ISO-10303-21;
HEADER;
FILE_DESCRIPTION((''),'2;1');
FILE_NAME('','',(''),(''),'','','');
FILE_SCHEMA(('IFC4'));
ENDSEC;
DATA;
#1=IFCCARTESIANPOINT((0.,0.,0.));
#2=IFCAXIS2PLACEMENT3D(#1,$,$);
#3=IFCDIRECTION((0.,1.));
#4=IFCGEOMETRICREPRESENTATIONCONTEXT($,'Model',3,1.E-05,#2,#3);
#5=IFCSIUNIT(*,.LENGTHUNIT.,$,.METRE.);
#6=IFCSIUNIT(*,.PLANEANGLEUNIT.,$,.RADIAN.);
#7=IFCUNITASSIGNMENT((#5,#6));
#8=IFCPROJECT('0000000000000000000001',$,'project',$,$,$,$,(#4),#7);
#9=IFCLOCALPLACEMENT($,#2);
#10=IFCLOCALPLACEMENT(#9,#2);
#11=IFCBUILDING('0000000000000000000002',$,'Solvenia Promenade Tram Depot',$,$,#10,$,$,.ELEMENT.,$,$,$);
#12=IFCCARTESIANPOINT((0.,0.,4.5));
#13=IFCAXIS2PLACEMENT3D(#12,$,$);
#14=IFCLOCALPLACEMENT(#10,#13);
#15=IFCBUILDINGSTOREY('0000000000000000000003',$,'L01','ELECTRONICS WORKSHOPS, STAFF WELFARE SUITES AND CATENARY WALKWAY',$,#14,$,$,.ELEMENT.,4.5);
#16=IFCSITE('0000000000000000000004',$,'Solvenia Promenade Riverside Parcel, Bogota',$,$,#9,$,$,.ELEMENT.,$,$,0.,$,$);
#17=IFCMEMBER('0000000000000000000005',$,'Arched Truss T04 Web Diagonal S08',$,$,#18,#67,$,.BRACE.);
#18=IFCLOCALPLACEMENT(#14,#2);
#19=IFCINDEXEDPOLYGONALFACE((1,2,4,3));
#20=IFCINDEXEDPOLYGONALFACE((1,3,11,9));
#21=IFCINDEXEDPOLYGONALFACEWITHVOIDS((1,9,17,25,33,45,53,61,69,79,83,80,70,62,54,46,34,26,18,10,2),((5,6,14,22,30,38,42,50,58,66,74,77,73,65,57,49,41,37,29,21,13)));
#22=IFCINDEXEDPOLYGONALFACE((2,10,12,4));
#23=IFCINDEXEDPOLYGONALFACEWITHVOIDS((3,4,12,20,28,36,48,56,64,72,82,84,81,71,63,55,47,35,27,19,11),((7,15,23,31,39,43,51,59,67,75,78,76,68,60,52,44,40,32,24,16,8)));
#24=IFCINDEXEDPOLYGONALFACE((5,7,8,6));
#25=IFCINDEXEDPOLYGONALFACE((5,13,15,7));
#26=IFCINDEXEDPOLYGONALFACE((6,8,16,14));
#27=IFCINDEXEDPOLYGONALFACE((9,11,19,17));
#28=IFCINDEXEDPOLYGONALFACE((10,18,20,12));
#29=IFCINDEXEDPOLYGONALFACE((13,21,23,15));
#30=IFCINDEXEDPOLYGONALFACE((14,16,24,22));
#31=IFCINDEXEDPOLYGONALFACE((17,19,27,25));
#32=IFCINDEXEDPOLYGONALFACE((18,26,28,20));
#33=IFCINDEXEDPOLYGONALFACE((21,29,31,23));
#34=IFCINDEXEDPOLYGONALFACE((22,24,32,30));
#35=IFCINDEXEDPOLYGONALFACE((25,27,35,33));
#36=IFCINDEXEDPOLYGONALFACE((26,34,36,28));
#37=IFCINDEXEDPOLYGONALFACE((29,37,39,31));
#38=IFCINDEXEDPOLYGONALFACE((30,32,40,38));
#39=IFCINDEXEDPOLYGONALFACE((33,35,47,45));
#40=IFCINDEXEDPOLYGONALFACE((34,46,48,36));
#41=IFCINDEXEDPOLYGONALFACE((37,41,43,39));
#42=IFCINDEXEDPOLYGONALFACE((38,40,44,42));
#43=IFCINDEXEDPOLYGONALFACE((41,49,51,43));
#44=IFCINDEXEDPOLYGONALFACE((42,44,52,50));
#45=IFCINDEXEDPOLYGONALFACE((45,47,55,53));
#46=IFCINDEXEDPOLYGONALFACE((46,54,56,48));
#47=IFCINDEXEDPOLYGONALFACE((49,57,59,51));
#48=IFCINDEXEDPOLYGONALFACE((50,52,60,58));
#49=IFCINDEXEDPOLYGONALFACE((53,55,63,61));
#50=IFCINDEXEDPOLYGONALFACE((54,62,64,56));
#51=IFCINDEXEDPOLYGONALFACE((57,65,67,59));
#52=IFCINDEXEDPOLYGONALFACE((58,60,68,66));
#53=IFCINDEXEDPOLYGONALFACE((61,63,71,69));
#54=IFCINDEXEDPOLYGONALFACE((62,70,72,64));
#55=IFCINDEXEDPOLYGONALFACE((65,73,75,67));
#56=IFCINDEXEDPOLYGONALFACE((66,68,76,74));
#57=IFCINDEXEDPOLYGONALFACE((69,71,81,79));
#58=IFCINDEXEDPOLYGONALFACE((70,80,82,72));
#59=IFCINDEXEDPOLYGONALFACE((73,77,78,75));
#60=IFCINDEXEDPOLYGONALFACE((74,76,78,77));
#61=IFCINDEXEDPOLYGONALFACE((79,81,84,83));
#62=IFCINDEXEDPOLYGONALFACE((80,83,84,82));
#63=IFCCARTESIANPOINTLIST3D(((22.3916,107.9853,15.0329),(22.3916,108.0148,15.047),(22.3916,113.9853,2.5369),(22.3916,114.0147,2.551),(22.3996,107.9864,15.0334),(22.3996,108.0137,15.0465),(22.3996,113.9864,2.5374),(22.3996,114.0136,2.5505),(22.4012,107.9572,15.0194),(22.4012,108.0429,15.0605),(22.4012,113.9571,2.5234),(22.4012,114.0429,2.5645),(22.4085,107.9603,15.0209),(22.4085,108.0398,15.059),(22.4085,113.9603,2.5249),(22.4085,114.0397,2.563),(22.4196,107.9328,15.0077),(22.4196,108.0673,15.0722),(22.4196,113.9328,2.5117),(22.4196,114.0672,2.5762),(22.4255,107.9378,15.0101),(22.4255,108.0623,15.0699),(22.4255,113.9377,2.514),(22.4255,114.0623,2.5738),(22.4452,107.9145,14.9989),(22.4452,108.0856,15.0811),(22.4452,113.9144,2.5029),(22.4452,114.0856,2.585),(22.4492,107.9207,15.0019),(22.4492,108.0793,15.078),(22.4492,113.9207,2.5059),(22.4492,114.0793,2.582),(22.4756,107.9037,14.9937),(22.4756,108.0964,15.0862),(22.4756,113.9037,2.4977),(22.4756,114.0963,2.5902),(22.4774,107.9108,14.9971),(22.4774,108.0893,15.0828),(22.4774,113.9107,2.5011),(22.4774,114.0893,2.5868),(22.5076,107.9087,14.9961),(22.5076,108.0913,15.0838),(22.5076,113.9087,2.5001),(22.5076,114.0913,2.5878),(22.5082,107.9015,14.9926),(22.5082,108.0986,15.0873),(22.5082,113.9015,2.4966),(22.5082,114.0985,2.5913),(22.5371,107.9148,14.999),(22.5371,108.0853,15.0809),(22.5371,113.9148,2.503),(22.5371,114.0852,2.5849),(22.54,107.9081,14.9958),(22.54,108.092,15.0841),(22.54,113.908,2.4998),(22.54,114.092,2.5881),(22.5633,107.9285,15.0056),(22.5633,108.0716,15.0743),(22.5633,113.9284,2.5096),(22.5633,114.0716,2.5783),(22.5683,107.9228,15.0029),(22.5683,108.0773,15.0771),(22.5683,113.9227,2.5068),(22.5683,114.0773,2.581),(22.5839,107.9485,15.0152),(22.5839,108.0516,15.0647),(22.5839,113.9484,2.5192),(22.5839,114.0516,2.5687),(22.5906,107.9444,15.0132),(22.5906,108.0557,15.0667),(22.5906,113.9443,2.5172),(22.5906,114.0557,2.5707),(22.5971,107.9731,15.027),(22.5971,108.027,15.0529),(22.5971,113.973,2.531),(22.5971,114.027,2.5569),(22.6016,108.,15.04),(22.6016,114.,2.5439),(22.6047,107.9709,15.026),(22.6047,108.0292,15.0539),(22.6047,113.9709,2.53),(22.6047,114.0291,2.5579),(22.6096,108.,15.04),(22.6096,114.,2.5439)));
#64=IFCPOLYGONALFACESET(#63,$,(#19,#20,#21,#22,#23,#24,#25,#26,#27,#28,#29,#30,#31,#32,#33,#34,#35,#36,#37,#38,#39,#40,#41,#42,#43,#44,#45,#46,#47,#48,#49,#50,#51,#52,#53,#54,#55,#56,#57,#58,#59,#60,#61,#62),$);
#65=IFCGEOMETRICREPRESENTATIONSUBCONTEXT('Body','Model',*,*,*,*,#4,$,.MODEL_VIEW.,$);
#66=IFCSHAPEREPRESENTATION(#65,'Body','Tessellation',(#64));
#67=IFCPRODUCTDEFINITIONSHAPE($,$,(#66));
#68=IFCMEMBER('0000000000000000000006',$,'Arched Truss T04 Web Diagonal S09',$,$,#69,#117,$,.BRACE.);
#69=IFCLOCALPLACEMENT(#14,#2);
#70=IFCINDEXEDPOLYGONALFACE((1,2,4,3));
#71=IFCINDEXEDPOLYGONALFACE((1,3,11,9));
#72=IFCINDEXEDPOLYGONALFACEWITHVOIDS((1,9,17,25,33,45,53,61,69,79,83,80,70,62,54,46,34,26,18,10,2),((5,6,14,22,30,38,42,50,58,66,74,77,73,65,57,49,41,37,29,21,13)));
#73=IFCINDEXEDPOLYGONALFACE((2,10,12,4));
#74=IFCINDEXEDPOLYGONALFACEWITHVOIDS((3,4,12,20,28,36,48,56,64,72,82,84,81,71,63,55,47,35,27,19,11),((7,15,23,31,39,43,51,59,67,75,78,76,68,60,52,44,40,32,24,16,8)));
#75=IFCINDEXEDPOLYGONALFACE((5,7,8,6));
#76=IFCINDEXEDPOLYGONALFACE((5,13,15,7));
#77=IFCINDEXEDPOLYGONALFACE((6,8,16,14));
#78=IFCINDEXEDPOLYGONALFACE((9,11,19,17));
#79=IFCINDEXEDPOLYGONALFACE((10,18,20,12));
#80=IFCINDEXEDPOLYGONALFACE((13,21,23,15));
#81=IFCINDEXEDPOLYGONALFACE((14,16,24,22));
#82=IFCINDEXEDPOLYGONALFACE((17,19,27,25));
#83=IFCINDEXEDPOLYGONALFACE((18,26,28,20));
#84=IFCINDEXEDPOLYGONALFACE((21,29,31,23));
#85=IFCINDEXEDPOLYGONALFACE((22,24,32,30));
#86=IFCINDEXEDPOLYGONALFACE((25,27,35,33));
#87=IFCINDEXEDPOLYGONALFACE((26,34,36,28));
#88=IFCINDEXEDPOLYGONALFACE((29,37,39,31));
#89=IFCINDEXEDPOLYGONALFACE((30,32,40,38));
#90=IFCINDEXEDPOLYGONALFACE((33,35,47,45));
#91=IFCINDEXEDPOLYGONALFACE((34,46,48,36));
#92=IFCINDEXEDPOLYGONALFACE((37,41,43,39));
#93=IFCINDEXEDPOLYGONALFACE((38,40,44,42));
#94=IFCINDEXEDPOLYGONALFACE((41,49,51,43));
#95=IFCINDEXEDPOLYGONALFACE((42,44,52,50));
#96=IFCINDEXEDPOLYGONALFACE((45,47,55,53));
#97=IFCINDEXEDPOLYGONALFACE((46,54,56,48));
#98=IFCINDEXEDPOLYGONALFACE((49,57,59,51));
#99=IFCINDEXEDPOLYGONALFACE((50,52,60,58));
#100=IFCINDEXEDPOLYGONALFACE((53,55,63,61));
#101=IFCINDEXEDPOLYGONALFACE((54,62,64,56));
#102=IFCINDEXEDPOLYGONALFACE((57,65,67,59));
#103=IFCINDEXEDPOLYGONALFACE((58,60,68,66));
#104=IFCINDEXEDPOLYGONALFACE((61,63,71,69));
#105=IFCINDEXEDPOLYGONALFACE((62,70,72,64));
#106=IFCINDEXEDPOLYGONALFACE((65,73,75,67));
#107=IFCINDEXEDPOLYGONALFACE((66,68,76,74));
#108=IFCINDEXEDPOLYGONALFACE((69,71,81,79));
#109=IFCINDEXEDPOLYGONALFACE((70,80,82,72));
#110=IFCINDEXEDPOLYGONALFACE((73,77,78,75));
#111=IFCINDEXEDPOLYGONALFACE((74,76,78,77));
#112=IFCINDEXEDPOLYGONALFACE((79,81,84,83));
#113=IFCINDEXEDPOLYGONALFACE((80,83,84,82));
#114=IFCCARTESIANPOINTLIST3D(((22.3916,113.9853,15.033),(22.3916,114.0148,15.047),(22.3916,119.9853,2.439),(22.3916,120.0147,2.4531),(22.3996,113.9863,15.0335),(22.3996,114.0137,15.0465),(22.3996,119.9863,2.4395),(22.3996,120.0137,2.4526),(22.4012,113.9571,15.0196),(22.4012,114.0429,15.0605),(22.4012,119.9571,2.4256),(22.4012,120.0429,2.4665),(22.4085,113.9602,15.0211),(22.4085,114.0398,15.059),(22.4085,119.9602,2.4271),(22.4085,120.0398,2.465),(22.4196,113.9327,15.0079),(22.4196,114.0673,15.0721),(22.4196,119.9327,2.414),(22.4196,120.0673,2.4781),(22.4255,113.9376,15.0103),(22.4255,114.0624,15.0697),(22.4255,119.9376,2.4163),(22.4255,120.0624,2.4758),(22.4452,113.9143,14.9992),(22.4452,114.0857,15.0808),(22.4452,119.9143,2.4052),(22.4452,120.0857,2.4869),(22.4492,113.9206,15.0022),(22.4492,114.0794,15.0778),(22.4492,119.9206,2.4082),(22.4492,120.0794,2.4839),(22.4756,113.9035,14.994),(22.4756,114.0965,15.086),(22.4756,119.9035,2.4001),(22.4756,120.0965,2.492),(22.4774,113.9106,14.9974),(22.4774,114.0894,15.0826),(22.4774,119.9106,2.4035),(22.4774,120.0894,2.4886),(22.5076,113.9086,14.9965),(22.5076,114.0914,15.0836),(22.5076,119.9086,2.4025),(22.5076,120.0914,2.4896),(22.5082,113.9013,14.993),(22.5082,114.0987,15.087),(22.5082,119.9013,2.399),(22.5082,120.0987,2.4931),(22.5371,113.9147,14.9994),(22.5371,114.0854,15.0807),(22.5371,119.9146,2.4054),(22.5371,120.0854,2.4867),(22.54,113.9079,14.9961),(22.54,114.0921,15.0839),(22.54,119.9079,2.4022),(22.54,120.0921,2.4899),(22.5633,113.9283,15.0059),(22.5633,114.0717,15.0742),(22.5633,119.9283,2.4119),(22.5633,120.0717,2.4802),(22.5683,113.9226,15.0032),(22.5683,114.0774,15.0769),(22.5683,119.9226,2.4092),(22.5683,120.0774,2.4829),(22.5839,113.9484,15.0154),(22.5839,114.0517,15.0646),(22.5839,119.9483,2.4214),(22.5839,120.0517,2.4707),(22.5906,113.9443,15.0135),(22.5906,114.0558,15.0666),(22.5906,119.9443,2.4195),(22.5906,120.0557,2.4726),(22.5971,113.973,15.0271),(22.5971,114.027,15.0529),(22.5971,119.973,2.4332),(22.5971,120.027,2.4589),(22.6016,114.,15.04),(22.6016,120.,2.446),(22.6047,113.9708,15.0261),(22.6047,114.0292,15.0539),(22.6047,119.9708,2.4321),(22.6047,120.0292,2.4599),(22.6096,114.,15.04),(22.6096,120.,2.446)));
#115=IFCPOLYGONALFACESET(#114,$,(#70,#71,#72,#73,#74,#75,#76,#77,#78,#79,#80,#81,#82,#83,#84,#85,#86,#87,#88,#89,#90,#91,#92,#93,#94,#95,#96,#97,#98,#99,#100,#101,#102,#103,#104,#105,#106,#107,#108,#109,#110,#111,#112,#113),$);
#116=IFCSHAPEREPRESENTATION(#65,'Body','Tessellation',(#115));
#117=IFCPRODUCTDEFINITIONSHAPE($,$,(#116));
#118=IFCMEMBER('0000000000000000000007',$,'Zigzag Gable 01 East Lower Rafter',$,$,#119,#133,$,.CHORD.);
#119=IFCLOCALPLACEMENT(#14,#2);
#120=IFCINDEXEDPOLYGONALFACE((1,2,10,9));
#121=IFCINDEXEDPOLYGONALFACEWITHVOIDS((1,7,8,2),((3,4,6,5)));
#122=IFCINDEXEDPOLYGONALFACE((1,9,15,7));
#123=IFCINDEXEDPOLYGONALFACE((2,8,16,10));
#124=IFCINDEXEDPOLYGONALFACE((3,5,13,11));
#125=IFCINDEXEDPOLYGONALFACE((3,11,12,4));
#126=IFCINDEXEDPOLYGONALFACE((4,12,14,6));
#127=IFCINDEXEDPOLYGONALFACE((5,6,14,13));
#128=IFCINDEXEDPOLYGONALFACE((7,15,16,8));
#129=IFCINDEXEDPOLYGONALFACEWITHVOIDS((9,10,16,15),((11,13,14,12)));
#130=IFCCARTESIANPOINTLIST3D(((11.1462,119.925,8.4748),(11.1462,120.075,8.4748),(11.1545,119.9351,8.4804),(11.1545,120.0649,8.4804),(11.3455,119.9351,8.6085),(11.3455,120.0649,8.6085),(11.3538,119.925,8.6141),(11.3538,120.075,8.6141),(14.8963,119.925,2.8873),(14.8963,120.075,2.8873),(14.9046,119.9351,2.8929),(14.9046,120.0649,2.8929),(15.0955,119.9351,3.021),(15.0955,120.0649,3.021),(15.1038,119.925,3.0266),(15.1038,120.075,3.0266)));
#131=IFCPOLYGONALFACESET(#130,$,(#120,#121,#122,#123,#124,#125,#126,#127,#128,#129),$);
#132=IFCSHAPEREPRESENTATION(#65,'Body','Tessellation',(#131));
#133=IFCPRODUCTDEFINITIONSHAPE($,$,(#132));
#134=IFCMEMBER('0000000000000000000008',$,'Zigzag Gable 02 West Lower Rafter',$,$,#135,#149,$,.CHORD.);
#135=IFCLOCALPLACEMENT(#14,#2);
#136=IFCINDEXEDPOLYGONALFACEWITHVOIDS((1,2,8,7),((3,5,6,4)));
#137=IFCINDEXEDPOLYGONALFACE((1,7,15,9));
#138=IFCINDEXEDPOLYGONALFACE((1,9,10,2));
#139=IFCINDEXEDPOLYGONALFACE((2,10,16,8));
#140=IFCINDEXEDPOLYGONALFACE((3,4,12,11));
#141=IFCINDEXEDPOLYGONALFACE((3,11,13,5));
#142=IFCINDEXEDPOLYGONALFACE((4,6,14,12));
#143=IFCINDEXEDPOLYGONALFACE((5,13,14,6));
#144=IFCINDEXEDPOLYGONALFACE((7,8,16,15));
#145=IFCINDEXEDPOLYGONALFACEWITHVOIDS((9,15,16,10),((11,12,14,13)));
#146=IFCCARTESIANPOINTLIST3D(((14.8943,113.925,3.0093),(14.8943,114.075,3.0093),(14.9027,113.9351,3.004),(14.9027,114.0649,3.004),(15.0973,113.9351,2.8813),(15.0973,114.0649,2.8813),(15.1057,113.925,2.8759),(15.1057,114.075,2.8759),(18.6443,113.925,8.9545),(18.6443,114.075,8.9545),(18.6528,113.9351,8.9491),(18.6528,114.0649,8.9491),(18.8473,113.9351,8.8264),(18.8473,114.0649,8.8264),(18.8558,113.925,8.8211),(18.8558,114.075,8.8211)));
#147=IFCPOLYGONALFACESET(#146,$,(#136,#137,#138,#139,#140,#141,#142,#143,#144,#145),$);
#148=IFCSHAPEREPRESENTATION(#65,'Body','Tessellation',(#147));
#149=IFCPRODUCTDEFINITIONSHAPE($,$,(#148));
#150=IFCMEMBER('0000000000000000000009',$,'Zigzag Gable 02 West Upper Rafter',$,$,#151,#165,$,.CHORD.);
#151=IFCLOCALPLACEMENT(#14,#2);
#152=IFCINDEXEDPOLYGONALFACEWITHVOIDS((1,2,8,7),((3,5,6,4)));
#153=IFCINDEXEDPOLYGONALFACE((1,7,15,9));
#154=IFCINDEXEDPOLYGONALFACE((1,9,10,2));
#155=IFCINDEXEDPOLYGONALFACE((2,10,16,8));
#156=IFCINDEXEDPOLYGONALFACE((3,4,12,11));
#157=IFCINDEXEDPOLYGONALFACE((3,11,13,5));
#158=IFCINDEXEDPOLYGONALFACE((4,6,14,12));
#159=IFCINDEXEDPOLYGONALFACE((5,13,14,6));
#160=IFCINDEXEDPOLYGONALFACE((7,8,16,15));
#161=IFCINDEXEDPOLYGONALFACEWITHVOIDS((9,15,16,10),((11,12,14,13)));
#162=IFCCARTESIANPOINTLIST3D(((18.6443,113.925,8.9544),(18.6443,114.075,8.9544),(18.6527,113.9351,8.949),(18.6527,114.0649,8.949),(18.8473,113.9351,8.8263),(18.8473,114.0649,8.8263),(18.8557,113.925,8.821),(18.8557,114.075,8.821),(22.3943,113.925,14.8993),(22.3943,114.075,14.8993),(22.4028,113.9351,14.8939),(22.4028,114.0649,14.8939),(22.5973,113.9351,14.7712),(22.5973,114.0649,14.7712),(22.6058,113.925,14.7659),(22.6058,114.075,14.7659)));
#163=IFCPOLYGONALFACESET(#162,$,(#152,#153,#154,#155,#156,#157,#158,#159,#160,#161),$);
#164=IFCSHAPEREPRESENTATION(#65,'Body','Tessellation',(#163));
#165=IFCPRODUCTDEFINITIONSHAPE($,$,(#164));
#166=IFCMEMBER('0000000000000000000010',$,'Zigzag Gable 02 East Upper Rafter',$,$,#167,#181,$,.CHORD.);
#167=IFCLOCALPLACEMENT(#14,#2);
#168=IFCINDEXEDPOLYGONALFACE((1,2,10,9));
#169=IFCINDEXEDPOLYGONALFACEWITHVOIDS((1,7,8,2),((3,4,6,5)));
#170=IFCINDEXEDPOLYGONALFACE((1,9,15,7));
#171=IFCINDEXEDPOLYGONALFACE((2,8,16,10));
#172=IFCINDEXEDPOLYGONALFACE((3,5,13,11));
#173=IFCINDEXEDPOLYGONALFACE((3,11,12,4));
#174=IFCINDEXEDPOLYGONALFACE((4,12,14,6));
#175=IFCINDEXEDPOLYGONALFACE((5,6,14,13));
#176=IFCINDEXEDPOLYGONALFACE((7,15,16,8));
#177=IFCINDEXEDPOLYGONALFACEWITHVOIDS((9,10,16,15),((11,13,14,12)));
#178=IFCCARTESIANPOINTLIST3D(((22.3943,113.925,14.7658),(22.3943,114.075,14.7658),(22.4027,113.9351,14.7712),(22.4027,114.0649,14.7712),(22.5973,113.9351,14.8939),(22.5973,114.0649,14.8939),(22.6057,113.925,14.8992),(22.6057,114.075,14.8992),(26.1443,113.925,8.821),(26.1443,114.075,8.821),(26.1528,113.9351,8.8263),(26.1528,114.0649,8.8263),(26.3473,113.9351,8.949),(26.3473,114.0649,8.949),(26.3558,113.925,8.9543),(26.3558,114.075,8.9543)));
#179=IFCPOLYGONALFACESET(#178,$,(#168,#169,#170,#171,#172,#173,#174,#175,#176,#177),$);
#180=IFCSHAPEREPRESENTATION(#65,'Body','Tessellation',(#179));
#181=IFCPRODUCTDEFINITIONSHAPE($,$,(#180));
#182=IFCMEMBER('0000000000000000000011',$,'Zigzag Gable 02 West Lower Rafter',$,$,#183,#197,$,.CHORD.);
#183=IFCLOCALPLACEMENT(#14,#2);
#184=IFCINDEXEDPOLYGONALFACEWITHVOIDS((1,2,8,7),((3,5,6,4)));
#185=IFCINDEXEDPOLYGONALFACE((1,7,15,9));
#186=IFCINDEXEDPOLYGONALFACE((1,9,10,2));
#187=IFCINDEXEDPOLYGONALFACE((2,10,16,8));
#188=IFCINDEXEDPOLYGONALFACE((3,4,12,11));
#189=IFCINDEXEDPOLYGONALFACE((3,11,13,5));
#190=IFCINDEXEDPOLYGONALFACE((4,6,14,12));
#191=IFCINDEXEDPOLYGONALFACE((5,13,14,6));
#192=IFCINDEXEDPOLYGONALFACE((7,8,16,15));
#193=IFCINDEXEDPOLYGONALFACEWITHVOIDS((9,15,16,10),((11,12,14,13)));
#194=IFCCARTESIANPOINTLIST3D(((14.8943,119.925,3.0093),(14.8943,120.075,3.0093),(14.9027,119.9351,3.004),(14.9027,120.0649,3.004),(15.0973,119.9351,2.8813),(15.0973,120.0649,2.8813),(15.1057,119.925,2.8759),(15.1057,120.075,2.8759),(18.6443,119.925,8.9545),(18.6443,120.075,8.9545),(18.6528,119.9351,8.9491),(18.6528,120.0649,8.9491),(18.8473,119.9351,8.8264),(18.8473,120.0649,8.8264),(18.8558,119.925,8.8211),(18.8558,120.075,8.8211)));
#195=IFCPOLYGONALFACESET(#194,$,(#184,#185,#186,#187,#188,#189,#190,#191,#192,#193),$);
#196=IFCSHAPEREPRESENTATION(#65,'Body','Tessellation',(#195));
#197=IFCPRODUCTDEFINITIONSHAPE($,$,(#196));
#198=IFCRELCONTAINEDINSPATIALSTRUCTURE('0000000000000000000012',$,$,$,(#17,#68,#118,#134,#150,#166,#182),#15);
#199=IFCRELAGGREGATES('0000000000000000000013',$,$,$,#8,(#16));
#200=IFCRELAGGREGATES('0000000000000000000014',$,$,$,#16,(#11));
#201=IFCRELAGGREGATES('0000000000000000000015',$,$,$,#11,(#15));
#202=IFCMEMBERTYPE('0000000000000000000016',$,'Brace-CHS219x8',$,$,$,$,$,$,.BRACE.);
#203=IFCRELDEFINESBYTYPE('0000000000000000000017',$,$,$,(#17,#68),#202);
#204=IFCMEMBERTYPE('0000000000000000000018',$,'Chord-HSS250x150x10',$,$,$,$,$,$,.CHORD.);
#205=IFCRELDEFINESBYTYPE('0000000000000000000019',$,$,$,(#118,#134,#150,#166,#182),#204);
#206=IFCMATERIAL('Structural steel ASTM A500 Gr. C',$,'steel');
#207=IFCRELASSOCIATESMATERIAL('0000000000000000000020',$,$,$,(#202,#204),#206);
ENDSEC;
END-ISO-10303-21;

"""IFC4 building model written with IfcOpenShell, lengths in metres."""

from ifc_helpers import new_model, si_unit, direction, frame, origin, origin_2d, place, context, subcontext, project, spatial, hollow_rectangle, hollow_circle, extrude, material, material_profile, profile_set, type_object, element, save


model = new_model("IFC4")

# Units and contexts
model_context = context("Model", 3, precision=1e-05, world=origin(), true_north=direction((0.0, 1.0)))
body_context = subcontext(model_context, "Body", "Model", "MODEL_VIEW")
ifc_project = project(units=[si_unit("LENGTHUNIT", "METRE"), si_unit("PLANEANGLEUNIT", "RADIAN")], contexts=[model_context])

# Site, building, storey
site_placement = place(None, origin())
site = spatial("IfcSite", under=ifc_project, at=site_placement, Name="Solvenia Promenade Riverside Parcel, Bogota", CompositionType="ELEMENT", RefElevation=0.0)
building_placement = place(site_placement, origin())
building = spatial("IfcBuilding", under=site, at=building_placement, Name="Solvenia Promenade Tram Depot", CompositionType="ELEMENT")
storey_placement = place(building_placement, frame((0.0, 0.0, 4.5)))
storey = spatial("IfcBuildingStorey", under=building, at=storey_placement, Name="L01", Description="ELECTRONICS WORKSHOPS, STAFF WELFARE SUITES AND CATENARY WALKWAY", CompositionType="ELEMENT", Elevation=4.5)

# Members
ifc_material_1 = material(Name="Structural steel ASTM A500 Gr. C", Category="steel")
ifc_material_profile_1 = material_profile(ifc_material_1, hollow_circle(Radius=0.1096, WallThickness=0.0081, at=origin_2d()), Name="CHS219.1x8", Category="steel")
ifc_profile_set_1 = profile_set([ifc_material_profile_1], Name="Structural steel ASTM A500 Gr. C")
member_type_1 = type_object("IfcMemberType", Name="Brace-CHS219x8", PredefinedType="BRACE", material=ifc_profile_set_1)
member_1_placement = place(storey_placement, frame((22.5, 114.0, 2.5439), z_axis=(0.0, -0.432841, 0.90147), x_axis=(1.0, 0.0, 0.0)))
element("IfcMember", 1, at=member_1_placement, inside=storey, type_object=member_type_1, Name="Arched Truss T04 Web Diagonal S08", PredefinedType="BRACE", context=body_context, shape_type="SweptSolid", body=[
    extrude(hollow_circle(Radius=0.1096, WallThickness=0.0081, at=origin_2d()), origin(), (0.0, 0.0, 1.0), 13.8618),
])
member_2_placement = place(storey_placement, frame((22.5, 120.0, 2.446), z_axis=(0.0, -0.430101, 0.902781), x_axis=(1.0, 0.0, 0.0)))
element("IfcMember", 2, at=member_2_placement, inside=storey, type_object=member_type_1, Name="Arched Truss T04 Web Diagonal S09", PredefinedType="BRACE", context=body_context, shape_type="SweptSolid", body=[
    extrude(hollow_circle(Radius=0.1096, WallThickness=0.0081, at=origin_2d()), origin(), (0.0, 0.0, 1.0), 13.9502),
])
ifc_material_profile_2 = material_profile(ifc_material_1, hollow_rectangle(XDim=0.1499, YDim=0.25, WallThickness=0.01, at=origin_2d()), Name="HSS250x150x10", Category="steel")
ifc_profile_set_2 = profile_set([ifc_material_profile_2], Name="Structural steel ASTM A500 Gr. C")
member_type_2 = type_object("IfcMemberType", Name="Chord-HSS250x150x10", PredefinedType="CHORD", material=ifc_profile_set_2)
member_3_placement = place(storey_placement, frame((11.25, 120.0, 8.5444), z_axis=(0.557276, 0.0, -0.830327), x_axis=(0.0, 1.0, 0.0)))
element("IfcMember", 3, at=member_3_placement, inside=storey, type_object=member_type_2, Name="Zigzag Gable 01 East Lower Rafter", PredefinedType="CHORD", context=body_context, shape_type="SweptSolid", body=[
    extrude(hollow_rectangle(XDim=0.1499, YDim=0.25, WallThickness=0.01, at=origin_2d()), origin(), (0.0, 0.0, 1.0), 6.7292),
])
member_4_placement = place(storey_placement, frame((15.0, 114.0, 2.9426), z_axis=(0.533507, 0.0, 0.845796), x_axis=(0.0, 1.0, 0.0)))
element("IfcMember", 4, at=member_4_placement, inside=storey, type_object=member_type_2, Name="Zigzag Gable 02 West Lower Rafter", PredefinedType="CHORD", context=body_context, shape_type="SweptSolid", body=[
    extrude(hollow_rectangle(XDim=0.1499, YDim=0.25, WallThickness=0.01, at=origin_2d()), origin(), (0.0, 0.0, 1.0), 7.0291),
])
for number, where, z_axis, x_axis, name in (
    (5, (18.75, 114.0, 8.8877), (0.533522, 0.0, 0.845786), (0.0, 1.0, 0.0), "Zigzag Gable 02 West Upper Rafter"),
    (6, (22.5, 114.0, 14.8325), (0.533522, 0.0, -0.845786), (0.0, 1.0, 0.0), "Zigzag Gable 02 East Upper Rafter"),
):
    element("IfcMember", number, at=place(storey_placement, frame(where, z_axis=z_axis, x_axis=x_axis)), inside=storey, type_object=member_type_2, Name=name, PredefinedType="CHORD", context=body_context, shape_type="SweptSolid", body=[
        extrude(hollow_rectangle(XDim=0.1499, YDim=0.25, WallThickness=0.01, at=origin_2d()), origin(), (0.0, 0.0, 1.0), 7.0288),
    ])
member_5_placement = place(storey_placement, frame((15.0, 120.0, 2.9426), z_axis=(0.533507, 0.0, 0.845796), x_axis=(0.0, 1.0, 0.0)))
element("IfcMember", 7, at=member_5_placement, inside=storey, type_object=member_type_2, Name="Zigzag Gable 02 West Lower Rafter", PredefinedType="CHORD", context=body_context, shape_type="SweptSolid", body=[
    extrude(hollow_rectangle(XDim=0.1499, YDim=0.25, WallThickness=0.01, at=origin_2d()), origin(), (0.0, 0.0, 1.0), 7.0291),
])

save(model, "model.ifc")
